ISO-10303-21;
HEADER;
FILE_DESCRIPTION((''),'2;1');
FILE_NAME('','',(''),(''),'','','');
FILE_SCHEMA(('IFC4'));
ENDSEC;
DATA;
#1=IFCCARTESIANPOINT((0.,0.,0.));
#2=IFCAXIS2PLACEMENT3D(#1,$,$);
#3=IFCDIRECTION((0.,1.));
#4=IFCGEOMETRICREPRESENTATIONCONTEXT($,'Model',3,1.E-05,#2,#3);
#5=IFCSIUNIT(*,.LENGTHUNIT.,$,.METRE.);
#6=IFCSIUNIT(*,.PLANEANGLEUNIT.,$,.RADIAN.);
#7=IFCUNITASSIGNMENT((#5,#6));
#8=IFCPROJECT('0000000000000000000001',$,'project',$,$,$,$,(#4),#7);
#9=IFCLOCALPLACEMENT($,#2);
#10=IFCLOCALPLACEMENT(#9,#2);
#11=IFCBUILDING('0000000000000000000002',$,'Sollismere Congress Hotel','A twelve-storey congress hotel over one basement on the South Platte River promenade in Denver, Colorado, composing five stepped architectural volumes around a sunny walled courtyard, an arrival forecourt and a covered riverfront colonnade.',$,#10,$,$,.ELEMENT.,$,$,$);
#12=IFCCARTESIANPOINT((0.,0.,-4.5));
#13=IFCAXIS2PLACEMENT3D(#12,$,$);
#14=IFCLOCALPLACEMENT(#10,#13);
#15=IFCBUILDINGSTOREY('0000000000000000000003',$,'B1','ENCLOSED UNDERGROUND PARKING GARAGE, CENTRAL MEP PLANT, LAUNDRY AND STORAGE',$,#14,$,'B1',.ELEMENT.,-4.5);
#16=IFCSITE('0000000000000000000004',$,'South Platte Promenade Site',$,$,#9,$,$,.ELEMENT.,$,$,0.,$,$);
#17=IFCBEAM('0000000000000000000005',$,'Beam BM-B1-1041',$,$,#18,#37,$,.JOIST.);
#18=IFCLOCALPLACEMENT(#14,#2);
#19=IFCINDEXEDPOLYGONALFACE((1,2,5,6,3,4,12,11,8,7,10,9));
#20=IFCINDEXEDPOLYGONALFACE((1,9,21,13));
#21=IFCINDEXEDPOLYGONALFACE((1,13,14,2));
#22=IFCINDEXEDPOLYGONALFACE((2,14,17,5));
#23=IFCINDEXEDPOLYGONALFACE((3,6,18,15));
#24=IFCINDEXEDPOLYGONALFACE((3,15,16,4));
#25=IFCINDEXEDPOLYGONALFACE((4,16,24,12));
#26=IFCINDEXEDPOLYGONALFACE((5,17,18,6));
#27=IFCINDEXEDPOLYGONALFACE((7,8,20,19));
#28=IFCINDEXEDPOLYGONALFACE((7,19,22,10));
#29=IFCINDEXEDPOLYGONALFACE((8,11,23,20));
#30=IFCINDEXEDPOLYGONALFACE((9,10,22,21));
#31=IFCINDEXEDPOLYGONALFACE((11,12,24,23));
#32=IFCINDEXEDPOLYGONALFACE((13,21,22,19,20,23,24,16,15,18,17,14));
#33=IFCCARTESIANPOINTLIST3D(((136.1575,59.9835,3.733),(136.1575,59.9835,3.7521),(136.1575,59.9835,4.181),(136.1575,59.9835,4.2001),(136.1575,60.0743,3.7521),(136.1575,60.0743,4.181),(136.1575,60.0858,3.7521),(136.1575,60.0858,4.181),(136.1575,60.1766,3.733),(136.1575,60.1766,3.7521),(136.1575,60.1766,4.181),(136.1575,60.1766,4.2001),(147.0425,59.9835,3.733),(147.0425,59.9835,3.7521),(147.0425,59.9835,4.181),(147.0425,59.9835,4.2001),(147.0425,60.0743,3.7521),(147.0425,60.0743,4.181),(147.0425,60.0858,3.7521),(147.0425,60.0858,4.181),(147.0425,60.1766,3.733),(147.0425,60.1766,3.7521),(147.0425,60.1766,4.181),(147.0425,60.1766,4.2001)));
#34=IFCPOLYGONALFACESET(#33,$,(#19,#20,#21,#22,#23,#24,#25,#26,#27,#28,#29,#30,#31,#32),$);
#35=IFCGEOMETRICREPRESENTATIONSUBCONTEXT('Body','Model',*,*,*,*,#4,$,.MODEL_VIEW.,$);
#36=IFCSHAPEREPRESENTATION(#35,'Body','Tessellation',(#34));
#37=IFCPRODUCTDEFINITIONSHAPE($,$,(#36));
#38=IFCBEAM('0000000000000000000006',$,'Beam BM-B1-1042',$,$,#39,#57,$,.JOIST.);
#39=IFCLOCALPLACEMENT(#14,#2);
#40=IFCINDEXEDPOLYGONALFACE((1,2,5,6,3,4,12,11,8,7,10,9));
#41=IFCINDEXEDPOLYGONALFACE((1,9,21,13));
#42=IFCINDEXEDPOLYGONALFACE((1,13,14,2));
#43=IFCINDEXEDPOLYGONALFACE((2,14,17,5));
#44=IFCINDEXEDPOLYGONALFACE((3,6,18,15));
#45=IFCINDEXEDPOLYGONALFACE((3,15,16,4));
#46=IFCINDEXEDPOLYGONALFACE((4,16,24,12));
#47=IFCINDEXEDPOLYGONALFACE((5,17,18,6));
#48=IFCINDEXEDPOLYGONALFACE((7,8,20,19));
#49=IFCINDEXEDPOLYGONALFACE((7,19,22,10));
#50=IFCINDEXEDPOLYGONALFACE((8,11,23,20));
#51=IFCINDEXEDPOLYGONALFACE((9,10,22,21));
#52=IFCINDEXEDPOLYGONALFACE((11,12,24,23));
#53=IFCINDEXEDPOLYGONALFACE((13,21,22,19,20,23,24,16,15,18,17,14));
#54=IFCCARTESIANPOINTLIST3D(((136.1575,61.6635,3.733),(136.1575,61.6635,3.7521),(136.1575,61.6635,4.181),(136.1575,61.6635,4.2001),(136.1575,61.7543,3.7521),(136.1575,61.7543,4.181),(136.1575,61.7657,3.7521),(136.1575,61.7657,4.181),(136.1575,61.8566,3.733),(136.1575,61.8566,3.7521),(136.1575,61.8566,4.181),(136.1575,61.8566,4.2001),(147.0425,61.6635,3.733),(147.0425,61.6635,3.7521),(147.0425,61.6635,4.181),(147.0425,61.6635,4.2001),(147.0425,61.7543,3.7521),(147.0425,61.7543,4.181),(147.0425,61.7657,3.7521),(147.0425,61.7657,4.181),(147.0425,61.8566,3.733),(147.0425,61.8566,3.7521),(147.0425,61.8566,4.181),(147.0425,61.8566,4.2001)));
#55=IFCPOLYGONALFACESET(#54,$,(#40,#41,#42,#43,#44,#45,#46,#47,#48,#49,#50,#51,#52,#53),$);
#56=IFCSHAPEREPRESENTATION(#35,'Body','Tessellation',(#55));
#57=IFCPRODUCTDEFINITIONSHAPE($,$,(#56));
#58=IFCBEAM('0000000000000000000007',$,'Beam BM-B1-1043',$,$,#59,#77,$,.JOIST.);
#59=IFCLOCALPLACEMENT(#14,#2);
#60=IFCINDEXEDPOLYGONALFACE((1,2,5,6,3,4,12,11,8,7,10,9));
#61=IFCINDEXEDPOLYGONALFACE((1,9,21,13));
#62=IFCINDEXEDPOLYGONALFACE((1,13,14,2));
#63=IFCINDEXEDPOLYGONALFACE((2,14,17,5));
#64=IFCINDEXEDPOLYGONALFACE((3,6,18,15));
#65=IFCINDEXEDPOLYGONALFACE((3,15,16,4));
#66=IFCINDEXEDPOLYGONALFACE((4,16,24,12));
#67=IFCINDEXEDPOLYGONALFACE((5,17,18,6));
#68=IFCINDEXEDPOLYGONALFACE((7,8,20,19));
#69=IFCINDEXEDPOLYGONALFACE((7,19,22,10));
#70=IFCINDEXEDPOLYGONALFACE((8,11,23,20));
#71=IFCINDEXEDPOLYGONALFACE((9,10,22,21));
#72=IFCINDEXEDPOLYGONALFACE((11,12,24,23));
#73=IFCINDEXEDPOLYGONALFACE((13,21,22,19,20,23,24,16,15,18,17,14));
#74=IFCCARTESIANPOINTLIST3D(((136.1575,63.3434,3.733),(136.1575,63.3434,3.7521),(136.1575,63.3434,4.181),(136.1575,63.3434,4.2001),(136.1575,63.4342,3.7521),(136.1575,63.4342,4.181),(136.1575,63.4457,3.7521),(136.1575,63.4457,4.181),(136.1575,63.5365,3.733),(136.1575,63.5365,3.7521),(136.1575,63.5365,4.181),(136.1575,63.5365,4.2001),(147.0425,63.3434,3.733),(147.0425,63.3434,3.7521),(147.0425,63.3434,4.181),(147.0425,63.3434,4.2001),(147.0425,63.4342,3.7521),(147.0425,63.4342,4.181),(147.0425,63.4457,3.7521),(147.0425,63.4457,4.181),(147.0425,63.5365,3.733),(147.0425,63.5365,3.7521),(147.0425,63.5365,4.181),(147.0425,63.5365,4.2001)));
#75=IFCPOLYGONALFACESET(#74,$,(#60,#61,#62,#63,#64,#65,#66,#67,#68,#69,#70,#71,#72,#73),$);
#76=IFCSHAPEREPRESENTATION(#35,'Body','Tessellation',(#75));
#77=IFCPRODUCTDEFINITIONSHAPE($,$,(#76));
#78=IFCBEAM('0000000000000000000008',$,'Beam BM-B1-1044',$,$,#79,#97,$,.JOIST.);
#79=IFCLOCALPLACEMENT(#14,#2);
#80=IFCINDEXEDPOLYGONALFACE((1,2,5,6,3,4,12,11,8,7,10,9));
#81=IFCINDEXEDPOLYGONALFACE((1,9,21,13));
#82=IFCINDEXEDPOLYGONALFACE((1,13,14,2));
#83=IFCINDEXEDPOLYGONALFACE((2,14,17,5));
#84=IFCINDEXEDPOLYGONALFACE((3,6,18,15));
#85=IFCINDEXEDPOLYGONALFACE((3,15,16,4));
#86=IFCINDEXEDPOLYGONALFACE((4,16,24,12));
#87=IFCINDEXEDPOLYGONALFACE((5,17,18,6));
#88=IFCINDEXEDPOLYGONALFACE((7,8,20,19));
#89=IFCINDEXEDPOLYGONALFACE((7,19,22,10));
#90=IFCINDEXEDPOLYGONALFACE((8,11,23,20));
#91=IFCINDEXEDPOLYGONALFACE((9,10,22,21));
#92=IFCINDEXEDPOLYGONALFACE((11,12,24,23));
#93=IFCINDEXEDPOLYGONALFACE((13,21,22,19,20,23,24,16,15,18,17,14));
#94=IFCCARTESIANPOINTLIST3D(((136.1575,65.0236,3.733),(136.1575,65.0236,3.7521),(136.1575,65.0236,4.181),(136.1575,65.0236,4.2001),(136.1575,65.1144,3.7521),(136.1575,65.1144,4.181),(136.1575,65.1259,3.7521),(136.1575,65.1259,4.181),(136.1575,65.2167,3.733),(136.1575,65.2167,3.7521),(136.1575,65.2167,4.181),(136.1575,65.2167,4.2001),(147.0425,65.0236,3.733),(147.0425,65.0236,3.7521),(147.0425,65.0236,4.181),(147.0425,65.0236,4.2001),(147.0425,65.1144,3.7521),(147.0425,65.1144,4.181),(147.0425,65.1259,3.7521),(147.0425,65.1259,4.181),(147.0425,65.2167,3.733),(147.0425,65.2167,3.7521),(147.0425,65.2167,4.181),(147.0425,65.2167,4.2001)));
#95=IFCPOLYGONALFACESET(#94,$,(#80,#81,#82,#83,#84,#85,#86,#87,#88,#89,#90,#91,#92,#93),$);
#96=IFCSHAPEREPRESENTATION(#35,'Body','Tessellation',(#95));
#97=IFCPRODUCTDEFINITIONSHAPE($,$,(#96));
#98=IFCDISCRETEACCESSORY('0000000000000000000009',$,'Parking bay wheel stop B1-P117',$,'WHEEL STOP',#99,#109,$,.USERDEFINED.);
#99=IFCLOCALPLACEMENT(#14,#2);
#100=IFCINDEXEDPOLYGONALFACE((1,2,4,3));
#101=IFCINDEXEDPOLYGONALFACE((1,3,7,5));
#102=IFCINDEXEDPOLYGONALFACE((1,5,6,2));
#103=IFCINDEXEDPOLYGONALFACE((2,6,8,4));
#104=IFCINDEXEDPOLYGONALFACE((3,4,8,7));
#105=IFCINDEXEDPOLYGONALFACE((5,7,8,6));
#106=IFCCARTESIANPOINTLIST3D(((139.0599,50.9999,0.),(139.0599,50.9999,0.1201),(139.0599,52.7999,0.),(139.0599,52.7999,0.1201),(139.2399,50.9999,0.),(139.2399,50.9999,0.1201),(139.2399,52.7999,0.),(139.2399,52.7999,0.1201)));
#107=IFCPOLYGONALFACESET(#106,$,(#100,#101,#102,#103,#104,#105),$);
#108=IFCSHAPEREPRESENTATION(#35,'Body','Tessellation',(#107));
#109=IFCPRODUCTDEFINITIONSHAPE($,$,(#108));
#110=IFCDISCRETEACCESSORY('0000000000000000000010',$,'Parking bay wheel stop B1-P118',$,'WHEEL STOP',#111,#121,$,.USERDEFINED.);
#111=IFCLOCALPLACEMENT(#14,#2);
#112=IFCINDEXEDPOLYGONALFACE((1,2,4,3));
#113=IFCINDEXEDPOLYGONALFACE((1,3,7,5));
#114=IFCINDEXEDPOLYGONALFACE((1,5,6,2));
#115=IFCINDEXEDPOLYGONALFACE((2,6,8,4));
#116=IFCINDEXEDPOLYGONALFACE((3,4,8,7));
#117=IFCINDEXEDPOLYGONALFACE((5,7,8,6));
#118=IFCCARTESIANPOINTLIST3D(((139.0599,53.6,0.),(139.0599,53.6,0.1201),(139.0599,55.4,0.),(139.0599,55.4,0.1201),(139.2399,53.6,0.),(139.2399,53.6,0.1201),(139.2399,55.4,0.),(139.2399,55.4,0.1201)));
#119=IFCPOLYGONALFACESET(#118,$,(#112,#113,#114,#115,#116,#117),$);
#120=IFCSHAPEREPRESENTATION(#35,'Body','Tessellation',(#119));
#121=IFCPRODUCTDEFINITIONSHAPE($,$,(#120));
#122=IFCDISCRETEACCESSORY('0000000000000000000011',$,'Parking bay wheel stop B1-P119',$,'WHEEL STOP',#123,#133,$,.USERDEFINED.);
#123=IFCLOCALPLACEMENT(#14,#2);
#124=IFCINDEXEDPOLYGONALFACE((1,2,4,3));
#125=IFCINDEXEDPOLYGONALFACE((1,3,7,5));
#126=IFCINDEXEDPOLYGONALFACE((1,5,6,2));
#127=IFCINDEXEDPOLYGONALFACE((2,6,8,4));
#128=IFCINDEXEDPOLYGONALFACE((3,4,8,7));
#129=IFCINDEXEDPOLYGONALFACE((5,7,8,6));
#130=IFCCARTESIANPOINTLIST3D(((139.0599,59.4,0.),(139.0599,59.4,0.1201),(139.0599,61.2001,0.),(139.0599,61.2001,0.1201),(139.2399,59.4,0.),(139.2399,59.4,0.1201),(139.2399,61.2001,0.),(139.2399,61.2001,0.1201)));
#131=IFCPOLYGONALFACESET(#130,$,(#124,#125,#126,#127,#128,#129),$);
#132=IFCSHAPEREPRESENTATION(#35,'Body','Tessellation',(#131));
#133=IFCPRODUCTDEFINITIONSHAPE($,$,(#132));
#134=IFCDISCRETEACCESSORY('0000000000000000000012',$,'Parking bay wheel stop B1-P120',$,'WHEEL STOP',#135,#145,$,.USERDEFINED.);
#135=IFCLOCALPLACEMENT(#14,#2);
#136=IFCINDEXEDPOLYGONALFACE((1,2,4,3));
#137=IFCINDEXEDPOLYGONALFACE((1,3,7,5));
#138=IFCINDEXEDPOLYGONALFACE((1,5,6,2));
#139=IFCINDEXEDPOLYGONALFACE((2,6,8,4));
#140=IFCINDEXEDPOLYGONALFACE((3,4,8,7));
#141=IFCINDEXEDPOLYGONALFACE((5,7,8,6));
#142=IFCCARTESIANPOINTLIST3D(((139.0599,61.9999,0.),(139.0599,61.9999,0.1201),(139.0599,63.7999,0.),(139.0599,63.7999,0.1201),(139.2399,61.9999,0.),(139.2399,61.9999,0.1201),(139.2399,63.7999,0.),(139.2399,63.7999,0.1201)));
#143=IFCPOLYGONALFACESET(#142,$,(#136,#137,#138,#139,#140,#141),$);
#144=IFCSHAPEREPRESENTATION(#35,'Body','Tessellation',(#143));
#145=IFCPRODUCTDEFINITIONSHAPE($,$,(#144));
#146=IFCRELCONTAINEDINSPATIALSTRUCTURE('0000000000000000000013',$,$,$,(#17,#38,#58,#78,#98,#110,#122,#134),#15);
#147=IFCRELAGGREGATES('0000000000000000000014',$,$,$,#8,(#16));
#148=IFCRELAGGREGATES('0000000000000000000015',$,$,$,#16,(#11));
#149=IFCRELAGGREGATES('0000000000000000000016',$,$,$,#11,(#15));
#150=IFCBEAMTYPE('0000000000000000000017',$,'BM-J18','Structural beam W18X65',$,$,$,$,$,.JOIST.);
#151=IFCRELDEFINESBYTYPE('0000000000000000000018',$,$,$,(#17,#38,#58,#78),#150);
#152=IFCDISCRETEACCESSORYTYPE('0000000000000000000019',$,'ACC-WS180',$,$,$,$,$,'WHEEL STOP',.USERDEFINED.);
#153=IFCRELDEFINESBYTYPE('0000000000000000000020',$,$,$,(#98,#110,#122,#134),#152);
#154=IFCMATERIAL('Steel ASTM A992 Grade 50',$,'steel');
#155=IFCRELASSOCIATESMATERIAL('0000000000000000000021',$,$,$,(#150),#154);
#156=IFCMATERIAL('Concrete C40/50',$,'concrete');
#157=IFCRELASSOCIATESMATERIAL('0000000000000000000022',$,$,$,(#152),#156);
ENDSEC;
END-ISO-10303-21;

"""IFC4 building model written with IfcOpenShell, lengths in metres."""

from ifc_helpers import new_model, si_unit, direction, frame, origin, origin_2d, place, context, subcontext, project, spatial, rectangle, i_section, extrude, material, material_profile, profile_set, type_object, element, save


model = new_model("IFC4")

# Units and contexts
model_context = context("Model", 3, precision=1e-05, world=origin(), true_north=direction((0.0, 1.0)))
body_context = subcontext(model_context, "Body", "Model", "MODEL_VIEW")
ifc_project = project(units=[si_unit("LENGTHUNIT", "METRE"), si_unit("PLANEANGLEUNIT", "RADIAN")], contexts=[model_context])

# Site, building, storey
site_placement = place(None, origin())
site = spatial("IfcSite", under=ifc_project, at=site_placement, Name="South Platte Promenade Site", CompositionType="ELEMENT", RefElevation=0.0)
building_placement = place(site_placement, origin())
building = spatial("IfcBuilding", under=site, at=building_placement, Name="Sollismere Congress Hotel", Description="A twelve-storey congress hotel over one basement on the South Platte River promenade in Denver, Colorado, composing five stepped architectural volumes around a sunny walled courtyard, an arrival forecourt and a covered riverfront colonnade.", CompositionType="ELEMENT")
storey_placement = place(building_placement, frame((0.0, 0.0, -4.5)))
storey = spatial("IfcBuildingStorey", under=building, at=storey_placement, Name="B1", Description="ENCLOSED UNDERGROUND PARKING GARAGE, CENTRAL MEP PLANT, LAUNDRY AND STORAGE", LongName="B1", CompositionType="ELEMENT", Elevation=-4.5)

# Shared definitions
ifc_material_1 = material(Name="Concrete C40/50", Category="concrete")

# Beams
ifc_material_2 = material(Name="Steel ASTM A992 Grade 50", Category="steel")
ifc_material_profile_1 = material_profile(ifc_material_2, i_section(OverallWidth=0.1931, OverallDepth=0.467, WebThickness=0.0115, FlangeThickness=0.019, at=origin_2d()), Name="W18X65")
ifc_profile_set_1 = profile_set([ifc_material_profile_1], Name="Steel ASTM A992 Grade 50")
beam_type_1 = type_object("IfcBeamType", Name="BM-J18", Description="Structural beam W18X65", PredefinedType="JOIST", material=ifc_profile_set_1)
for number, where, z_axis, x_axis, name in (
    (1, (136.1575, 60.0801, 3.9666), (1.0, 0.0, 0.0), (0.0, 1.0, 0.0), "Beam BM-B1-1041"),
    (2, (136.1575, 61.76, 3.9666), (1.0, 0.0, 0.0), (0.0, 1.0, 0.0), "Beam BM-B1-1042"),
    (3, (136.1575, 63.4399, 3.9666), (1.0, 0.0, 0.0), (0.0, 1.0, 0.0), "Beam BM-B1-1043"),
    (4, (136.1575, 65.1201, 3.9666), (1.0, 0.0, 0.0), (0.0, 1.0, 0.0), "Beam BM-B1-1044"),
):
    element("IfcBeam", number, at=place(storey_placement, frame(where, z_axis=z_axis, x_axis=x_axis)), inside=storey, type_object=beam_type_1, Name=name, PredefinedType="JOIST", context=body_context, shape_type="SweptSolid", body=[
        extrude(i_section(OverallWidth=0.1931, OverallDepth=0.467, WebThickness=0.0115, FlangeThickness=0.019, at=origin_2d()), origin(), (0.0, 0.0, 1.0), 10.885),
    ])

# Discrete accessories
discrete_accessory_type = type_object("IfcDiscreteAccessoryType", Name="ACC-WS180", ElementType="WHEEL STOP", PredefinedType="USERDEFINED", material=ifc_material_1)
for number, where, z_axis, x_axis, name in (
    (5, (139.1499, 51.8999, 0.0), (0.0, 0.0, 1.0), (1.0, 0.0, 0.0), "Parking bay wheel stop B1-P117"),
    (6, (139.1499, 54.5, 0.0), (0.0, 0.0, 1.0), (1.0, 0.0, 0.0), "Parking bay wheel stop B1-P118"),
    (7, (139.1499, 60.3, 0.0), (0.0, 0.0, 1.0), (1.0, 0.0, 0.0), "Parking bay wheel stop B1-P119"),
    (8, (139.1499, 62.8999, 0.0), (0.0, 0.0, 1.0), (1.0, 0.0, 0.0), "Parking bay wheel stop B1-P120"),
):
    element("IfcDiscreteAccessory", number, at=place(storey_placement, frame(where, z_axis=z_axis, x_axis=x_axis)), inside=storey, type_object=discrete_accessory_type, Name=name, ObjectType="WHEEL STOP", PredefinedType="USERDEFINED", context=body_context, shape_type="SweptSolid", body=[
        extrude(rectangle(XDim=0.1799, YDim=1.8, at=origin_2d()), origin(), (0.0, 0.0, 1.0), 0.1201),
    ])

save(model, "model.ifc")
